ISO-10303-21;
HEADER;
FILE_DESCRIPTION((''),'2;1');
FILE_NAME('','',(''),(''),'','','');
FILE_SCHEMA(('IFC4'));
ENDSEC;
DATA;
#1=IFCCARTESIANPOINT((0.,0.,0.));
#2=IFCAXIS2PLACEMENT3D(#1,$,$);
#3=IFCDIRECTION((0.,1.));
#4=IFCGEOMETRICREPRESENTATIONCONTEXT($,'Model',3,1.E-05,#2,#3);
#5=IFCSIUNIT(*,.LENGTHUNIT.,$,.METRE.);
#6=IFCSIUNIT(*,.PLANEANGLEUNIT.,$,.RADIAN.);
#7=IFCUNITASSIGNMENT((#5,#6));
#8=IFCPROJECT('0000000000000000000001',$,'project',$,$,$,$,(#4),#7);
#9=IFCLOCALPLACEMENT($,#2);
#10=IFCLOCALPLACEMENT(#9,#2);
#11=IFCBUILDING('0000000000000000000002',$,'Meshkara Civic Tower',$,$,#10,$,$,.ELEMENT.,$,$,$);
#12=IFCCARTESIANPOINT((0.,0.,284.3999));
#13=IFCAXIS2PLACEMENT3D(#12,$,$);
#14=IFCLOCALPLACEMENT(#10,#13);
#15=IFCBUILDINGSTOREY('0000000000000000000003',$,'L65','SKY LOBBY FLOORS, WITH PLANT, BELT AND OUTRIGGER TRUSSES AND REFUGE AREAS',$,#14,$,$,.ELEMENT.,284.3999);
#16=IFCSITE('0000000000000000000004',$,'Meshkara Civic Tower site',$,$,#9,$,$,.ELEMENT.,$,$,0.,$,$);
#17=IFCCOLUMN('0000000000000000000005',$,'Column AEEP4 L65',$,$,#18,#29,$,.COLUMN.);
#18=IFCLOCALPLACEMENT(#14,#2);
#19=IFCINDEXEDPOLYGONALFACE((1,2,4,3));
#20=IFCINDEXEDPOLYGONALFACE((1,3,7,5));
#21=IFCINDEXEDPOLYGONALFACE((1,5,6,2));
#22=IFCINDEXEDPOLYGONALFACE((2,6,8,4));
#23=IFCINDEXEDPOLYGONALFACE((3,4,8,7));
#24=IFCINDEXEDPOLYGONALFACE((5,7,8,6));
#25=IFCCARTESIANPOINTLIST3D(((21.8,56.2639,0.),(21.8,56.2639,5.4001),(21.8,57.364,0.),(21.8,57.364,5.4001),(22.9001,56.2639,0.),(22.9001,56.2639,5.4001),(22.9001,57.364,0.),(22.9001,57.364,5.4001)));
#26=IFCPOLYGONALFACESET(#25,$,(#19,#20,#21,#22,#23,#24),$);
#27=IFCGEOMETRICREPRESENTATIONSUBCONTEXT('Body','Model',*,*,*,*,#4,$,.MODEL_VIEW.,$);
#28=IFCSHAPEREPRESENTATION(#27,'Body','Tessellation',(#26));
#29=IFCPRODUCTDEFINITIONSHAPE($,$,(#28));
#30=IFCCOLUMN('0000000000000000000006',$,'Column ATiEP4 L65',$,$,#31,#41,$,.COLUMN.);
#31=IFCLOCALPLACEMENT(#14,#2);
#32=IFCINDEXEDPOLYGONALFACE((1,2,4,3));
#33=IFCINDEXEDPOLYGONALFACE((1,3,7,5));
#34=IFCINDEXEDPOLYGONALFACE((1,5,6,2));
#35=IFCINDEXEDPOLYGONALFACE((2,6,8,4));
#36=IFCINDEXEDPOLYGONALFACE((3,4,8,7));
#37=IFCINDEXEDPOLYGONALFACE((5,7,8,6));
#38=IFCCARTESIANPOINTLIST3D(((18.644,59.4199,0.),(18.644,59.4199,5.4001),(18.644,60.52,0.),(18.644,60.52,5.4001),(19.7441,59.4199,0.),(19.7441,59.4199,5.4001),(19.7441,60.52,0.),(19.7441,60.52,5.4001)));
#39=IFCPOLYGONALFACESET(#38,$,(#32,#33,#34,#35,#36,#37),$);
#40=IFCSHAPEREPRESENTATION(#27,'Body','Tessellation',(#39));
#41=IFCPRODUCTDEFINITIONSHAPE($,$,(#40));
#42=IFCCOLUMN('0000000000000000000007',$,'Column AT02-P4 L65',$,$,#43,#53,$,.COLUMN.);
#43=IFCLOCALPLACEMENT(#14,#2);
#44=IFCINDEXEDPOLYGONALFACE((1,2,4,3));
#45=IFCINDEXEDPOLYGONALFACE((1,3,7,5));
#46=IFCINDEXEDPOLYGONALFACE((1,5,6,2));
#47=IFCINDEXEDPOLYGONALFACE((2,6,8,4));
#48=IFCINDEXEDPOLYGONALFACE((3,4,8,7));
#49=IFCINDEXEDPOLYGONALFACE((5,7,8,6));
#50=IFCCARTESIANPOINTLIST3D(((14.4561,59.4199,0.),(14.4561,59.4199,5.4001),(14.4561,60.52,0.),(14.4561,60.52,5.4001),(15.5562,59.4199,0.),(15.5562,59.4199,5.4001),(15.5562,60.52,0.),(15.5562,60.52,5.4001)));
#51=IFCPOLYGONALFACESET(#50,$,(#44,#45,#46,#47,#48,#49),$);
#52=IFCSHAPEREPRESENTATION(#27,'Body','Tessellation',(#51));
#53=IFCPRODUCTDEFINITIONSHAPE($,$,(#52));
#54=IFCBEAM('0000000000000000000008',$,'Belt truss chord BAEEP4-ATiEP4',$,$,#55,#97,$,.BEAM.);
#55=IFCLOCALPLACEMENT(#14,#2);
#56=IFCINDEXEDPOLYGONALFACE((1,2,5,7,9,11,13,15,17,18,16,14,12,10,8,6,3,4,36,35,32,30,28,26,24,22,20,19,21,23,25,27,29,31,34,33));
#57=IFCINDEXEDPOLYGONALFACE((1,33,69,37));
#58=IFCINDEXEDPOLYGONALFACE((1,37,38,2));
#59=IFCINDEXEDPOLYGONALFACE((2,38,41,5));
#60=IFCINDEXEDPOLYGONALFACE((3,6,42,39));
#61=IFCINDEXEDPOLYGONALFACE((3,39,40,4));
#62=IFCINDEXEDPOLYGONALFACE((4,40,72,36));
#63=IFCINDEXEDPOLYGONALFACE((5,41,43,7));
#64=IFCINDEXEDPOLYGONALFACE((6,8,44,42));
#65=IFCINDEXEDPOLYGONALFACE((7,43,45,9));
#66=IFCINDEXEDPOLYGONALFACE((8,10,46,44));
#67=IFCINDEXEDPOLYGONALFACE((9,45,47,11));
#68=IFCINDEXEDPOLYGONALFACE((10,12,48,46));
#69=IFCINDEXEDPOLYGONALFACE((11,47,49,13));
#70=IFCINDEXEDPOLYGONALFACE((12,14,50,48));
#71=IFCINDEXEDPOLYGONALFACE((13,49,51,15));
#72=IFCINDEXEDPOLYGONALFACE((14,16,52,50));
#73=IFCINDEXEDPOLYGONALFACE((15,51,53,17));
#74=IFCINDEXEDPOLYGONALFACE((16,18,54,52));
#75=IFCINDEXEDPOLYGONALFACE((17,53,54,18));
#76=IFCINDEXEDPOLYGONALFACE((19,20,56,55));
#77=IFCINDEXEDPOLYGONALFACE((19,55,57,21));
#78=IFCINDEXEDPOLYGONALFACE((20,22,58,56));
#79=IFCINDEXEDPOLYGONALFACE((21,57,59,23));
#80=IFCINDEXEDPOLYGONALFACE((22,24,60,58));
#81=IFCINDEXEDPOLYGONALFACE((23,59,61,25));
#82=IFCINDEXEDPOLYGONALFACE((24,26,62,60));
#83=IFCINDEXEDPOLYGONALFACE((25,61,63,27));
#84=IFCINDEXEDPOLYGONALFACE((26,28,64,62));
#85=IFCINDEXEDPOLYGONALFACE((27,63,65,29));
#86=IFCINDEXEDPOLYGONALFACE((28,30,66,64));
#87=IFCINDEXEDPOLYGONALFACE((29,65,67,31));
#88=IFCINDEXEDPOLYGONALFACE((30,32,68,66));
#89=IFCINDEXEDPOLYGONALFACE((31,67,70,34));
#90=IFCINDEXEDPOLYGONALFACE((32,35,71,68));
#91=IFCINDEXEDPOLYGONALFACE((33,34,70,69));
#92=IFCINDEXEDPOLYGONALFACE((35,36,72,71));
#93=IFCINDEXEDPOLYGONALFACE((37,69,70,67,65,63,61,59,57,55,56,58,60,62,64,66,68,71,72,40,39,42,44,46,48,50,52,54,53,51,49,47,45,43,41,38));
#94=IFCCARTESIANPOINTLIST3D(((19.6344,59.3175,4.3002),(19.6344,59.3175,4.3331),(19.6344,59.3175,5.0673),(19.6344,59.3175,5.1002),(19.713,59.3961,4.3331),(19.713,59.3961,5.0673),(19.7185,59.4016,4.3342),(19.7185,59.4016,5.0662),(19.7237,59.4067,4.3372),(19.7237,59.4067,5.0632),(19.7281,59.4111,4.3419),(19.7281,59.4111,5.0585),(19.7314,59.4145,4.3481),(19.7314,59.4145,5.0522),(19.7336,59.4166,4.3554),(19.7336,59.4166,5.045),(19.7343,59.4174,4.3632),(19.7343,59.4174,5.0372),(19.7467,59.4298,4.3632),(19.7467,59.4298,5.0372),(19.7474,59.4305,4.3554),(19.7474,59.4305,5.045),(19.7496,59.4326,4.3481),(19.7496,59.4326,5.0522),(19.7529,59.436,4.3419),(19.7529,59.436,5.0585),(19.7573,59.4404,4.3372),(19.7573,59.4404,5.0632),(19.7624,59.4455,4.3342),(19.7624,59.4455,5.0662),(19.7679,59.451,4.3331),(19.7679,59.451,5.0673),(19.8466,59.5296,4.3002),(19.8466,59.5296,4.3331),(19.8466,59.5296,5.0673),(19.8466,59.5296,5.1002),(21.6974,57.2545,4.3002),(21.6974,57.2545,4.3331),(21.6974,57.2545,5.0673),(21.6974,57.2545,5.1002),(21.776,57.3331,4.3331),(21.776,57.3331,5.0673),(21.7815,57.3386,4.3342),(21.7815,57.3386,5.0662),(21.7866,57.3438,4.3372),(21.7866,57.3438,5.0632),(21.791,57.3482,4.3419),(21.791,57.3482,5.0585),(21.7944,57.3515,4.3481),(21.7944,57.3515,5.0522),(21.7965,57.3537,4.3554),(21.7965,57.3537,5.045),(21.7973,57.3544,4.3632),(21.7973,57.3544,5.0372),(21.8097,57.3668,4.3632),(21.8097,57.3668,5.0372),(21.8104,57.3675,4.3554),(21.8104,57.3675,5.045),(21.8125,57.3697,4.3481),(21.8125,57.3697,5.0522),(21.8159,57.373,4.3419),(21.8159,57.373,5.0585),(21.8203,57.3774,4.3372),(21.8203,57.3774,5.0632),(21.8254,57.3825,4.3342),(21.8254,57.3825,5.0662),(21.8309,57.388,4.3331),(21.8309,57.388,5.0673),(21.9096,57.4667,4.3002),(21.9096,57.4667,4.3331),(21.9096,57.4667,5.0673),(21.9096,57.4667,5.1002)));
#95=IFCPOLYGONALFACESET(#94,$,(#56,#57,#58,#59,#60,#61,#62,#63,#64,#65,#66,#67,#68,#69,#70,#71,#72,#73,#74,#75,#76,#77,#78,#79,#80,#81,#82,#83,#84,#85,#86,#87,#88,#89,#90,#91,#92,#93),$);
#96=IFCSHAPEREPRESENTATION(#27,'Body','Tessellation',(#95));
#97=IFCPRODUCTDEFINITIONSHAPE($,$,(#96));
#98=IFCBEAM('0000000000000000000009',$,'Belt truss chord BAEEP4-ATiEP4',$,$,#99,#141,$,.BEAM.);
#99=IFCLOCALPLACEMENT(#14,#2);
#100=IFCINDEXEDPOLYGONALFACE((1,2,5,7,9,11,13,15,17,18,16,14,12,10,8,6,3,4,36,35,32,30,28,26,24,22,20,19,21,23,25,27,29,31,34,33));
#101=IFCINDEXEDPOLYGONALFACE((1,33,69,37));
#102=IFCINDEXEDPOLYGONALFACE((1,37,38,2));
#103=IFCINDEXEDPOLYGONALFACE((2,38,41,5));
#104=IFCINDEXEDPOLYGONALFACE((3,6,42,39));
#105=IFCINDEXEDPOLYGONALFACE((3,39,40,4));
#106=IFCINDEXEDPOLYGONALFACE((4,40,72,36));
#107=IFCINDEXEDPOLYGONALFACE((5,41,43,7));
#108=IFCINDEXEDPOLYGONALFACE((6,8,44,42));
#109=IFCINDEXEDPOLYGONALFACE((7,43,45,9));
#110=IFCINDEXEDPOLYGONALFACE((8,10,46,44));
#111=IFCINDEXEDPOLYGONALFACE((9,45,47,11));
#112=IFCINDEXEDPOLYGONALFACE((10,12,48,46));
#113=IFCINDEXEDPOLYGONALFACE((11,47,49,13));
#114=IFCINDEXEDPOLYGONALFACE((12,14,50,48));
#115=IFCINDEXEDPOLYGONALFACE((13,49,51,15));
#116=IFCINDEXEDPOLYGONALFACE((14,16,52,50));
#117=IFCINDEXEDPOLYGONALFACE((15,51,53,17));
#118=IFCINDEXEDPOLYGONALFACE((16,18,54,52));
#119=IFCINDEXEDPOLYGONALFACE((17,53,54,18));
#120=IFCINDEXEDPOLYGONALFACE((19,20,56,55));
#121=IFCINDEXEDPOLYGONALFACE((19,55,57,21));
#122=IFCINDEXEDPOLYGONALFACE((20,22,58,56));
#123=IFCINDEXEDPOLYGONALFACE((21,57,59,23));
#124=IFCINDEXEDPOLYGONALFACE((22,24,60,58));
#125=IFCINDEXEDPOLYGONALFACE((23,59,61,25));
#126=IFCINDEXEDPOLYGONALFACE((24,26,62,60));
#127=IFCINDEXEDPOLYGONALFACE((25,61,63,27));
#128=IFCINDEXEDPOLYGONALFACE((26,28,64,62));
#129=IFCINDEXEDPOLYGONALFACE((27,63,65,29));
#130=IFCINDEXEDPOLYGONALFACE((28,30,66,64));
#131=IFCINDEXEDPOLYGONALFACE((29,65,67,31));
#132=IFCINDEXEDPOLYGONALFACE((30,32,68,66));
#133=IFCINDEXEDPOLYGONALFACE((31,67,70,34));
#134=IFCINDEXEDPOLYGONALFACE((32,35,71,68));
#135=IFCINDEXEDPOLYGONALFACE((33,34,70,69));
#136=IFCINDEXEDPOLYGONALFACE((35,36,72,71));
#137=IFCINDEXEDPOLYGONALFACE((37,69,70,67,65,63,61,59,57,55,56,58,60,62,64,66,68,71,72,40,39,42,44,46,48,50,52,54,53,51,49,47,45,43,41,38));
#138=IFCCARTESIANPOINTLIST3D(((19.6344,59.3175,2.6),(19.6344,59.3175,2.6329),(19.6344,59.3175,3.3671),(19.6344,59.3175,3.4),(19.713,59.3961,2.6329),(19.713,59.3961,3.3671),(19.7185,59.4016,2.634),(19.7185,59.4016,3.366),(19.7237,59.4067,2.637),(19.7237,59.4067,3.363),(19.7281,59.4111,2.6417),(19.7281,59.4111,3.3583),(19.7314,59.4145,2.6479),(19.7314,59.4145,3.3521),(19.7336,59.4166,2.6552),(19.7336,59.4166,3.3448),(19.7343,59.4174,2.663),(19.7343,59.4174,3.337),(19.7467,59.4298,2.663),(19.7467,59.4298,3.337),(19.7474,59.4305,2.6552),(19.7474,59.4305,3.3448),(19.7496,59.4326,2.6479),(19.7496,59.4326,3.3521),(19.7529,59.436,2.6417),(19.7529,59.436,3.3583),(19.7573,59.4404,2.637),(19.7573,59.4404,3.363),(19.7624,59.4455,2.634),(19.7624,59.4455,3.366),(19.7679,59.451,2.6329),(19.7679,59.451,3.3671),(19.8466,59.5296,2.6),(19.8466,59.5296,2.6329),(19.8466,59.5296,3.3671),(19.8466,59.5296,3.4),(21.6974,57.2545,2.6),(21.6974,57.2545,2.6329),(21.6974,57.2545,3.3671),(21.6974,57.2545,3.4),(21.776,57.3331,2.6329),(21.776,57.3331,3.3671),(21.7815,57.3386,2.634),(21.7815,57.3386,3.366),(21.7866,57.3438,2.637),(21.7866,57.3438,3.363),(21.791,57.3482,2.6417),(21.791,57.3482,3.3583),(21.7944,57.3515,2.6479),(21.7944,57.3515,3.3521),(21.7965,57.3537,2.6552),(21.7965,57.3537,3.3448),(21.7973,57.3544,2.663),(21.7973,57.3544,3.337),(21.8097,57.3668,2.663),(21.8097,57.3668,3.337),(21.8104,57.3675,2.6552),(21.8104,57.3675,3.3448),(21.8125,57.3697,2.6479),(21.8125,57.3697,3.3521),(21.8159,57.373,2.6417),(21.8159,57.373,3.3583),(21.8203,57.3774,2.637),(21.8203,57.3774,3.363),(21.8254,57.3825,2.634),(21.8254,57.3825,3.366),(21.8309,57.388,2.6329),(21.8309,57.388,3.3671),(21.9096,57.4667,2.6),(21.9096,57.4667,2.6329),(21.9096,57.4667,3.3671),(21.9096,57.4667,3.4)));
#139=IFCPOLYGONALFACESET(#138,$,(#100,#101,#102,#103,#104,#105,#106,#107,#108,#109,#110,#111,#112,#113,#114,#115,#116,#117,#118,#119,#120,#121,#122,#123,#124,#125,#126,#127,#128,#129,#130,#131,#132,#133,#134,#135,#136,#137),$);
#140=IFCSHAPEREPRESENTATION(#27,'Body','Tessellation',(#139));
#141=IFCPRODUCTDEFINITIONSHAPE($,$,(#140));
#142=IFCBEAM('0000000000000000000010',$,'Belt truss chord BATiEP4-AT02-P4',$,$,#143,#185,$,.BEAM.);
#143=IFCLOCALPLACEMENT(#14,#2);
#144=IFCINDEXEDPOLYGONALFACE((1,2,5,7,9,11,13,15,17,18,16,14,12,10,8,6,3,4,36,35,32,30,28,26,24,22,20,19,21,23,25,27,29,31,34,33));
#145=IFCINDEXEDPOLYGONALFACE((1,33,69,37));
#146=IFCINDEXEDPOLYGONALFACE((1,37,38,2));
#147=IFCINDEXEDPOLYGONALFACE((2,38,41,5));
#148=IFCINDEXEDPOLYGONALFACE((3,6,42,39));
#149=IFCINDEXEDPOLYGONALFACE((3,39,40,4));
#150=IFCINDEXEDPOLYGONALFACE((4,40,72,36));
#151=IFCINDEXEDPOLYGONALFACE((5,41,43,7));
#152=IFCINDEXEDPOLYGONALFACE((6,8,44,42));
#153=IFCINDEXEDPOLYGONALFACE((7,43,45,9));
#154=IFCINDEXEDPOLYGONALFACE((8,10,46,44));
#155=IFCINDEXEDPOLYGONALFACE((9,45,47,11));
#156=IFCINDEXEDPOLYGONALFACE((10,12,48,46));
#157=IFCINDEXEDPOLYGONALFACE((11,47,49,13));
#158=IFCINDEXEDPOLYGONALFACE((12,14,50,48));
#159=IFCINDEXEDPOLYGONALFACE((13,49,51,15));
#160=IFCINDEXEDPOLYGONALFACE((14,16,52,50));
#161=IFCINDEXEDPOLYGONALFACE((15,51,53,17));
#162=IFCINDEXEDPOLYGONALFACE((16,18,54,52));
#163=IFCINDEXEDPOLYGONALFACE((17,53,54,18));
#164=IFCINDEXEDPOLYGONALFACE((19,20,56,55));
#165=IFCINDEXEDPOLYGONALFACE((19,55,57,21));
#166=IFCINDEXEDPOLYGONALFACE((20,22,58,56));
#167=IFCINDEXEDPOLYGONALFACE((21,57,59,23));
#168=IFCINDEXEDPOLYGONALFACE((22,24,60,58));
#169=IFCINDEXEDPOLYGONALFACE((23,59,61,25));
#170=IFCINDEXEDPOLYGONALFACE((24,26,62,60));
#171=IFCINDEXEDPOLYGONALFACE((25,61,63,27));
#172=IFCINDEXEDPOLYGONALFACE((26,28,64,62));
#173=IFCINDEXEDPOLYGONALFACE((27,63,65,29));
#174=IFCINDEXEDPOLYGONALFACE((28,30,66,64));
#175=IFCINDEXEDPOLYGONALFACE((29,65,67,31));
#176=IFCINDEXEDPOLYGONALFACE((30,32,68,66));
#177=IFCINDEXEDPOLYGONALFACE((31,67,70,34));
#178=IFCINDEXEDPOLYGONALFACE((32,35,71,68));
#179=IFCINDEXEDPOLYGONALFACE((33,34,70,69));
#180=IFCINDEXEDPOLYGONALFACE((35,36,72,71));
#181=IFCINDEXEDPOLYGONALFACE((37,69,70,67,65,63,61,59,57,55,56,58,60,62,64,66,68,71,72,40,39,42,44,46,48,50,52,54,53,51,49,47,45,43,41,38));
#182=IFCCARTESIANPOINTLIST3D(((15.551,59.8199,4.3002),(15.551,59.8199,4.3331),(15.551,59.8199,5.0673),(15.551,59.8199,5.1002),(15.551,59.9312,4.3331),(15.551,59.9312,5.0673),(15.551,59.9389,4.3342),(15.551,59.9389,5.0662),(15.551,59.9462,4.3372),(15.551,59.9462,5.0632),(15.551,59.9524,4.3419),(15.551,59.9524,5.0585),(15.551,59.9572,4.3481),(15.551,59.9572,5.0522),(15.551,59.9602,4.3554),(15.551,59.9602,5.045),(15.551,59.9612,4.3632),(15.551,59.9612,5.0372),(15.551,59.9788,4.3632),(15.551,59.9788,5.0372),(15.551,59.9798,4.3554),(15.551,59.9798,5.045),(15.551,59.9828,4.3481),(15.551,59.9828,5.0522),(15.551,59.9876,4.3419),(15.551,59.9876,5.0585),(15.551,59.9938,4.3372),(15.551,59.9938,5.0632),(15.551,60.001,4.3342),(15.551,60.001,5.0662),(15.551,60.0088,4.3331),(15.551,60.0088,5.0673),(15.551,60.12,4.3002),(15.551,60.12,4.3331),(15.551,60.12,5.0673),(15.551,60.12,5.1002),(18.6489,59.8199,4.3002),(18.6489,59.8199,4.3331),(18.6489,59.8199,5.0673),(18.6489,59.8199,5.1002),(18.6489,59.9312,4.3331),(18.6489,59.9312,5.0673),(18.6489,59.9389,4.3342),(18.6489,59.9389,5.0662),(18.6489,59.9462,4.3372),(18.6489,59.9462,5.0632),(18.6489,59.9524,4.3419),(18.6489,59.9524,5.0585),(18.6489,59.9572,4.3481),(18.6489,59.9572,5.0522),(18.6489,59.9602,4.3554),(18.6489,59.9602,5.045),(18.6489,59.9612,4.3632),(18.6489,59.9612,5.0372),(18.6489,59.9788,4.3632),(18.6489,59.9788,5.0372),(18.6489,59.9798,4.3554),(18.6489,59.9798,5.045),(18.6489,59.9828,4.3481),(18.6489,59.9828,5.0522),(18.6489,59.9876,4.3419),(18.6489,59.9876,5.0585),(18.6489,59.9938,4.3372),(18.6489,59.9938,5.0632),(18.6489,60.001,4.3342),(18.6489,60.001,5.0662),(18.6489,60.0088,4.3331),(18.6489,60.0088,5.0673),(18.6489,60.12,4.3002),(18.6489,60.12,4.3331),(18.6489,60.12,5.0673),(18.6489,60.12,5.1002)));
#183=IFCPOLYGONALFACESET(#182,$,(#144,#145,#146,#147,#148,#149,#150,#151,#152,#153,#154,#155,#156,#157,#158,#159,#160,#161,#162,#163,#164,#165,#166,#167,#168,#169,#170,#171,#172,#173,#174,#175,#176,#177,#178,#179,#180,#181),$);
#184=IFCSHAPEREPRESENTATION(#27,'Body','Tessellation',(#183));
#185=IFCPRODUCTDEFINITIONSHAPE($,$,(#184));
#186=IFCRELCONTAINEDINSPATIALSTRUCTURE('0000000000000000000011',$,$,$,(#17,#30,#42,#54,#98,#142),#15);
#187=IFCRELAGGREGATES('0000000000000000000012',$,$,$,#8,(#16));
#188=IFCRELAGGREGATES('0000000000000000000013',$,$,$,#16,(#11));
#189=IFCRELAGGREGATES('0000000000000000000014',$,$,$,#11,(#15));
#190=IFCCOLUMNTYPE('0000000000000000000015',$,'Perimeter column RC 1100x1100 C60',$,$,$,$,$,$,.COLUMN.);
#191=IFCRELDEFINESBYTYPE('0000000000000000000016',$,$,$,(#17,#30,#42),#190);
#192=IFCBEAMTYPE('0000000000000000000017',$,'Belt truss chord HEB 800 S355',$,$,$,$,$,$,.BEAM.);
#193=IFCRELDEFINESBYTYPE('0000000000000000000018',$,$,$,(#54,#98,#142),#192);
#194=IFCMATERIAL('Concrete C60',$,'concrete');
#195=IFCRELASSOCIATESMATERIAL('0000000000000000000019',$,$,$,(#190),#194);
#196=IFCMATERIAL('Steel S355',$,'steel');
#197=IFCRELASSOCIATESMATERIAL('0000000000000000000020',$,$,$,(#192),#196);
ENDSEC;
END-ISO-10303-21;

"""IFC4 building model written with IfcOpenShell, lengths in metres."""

from ifc_helpers import new_model, si_unit, direction, frame, origin, origin_2d, place, context, subcontext, project, spatial, rectangle, i_section, extrude, material, material_profile, profile_set, type_object, element, save


model = new_model("IFC4")

# Units and contexts
model_context = context("Model", 3, precision=1e-05, world=origin(), true_north=direction((0.0, 1.0)))
body_context = subcontext(model_context, "Body", "Model", "MODEL_VIEW")
ifc_project = project(units=[si_unit("LENGTHUNIT", "METRE"), si_unit("PLANEANGLEUNIT", "RADIAN")], contexts=[model_context])

# Site, building, storey
site_placement = place(None, origin())
site = spatial("IfcSite", under=ifc_project, at=site_placement, Name="Meshkara Civic Tower site", CompositionType="ELEMENT", RefElevation=0.0)
building_placement = place(site_placement, origin())
building = spatial("IfcBuilding", under=site, at=building_placement, Name="Meshkara Civic Tower", CompositionType="ELEMENT")
storey_placement = place(building_placement, frame((0.0, 0.0, 284.3999)))
storey = spatial("IfcBuildingStorey", under=building, at=storey_placement, Name="L65", Description="SKY LOBBY FLOORS, WITH PLANT, BELT AND OUTRIGGER TRUSSES AND REFUGE AREAS", CompositionType="ELEMENT", Elevation=284.3999)

# Columns
ifc_material_1 = material(Name="Concrete C60", Category="concrete")
ifc_material_profile_1 = material_profile(ifc_material_1, rectangle(XDim=1.1001, YDim=1.1001, at=origin_2d()))
ifc_profile_set_1 = profile_set([ifc_material_profile_1], Name="Concrete C60")
column_type = type_object("IfcColumnType", Name="Perimeter column RC 1100x1100 C60", PredefinedType="COLUMN", material=ifc_profile_set_1)
for number, where, z_axis, x_axis, name in (
    (1, (22.3501, 56.814, 0.0), (0.0, 0.0, 1.0), (1.0, 0.0, 0.0), "Column AEEP4 L65"),
    (2, (19.1941, 59.97, 0.0), (0.0, 0.0, 1.0), (1.0, 0.0, 0.0), "Column ATiEP4 L65"),
    (3, (15.0061, 59.97, 0.0), (0.0, 0.0, 1.0), (1.0, 0.0, 0.0), "Column AT02-P4 L65"),
):
    element("IfcColumn", number, at=place(storey_placement, frame(where, z_axis=z_axis, x_axis=x_axis)), inside=storey, type_object=column_type, Name=name, PredefinedType="COLUMN", context=body_context, shape_type="SweptSolid", body=[
        extrude(rectangle(XDim=1.1001, YDim=1.1001, at=origin_2d()), origin(), (0.0, 0.0, 1.0), 5.4001),
    ])

# Beams
ifc_material_2 = material(Name="Steel S355", Category="steel")
ifc_material_profile_2 = material_profile(ifc_material_2, i_section(OverallWidth=0.3, OverallDepth=0.8, WebThickness=0.0176, FlangeThickness=0.033, FilletRadius=0.03, at=origin_2d()))
ifc_profile_set_2 = profile_set([ifc_material_profile_2], Name="Steel S355")
beam_type = type_object("IfcBeamType", Name="Belt truss chord HEB 800 S355", PredefinedType="BEAM", material=ifc_profile_set_2)
for number, where, z_axis, x_axis, name in (
    (4, (21.8035, 57.3606, 4.7002), (-0.707107, 0.707107, 0.0), (-0.707107, -0.707107, 0.0), "Belt truss chord BAEEP4-ATiEP4"),
    (5, (21.8035, 57.3606, 3.0), (-0.707107, 0.707107, 0.0), (-0.707107, -0.707107, 0.0), "Belt truss chord BAEEP4-ATiEP4"),
):
    element("IfcBeam", number, at=place(storey_placement, frame(where, z_axis=z_axis, x_axis=x_axis)), inside=storey, type_object=beam_type, Name=name, PredefinedType="BEAM", context=body_context, shape_type="SweptSolid", body=[
        extrude(i_section(OverallWidth=0.3, OverallDepth=0.8, WebThickness=0.0176, FlangeThickness=0.033, FilletRadius=0.03, at=origin_2d()), origin(), (0.0, 0.0, 1.0), 2.9175),
    ])
for number, where, z_axis, x_axis, name in (
    (6, (18.6489, 59.97, 4.7002), (-1.0, 0.0, 0.0), (0.0, -1.0, 0.0), "Belt truss chord BATiEP4-AT02-P4"),
):
    element("IfcBeam", number, at=place(storey_placement, frame(where, z_axis=z_axis, x_axis=x_axis)), inside=storey, type_object=beam_type, Name=name, PredefinedType="BEAM", context=body_context, shape_type="SweptSolid", body=[
        extrude(i_section(OverallWidth=0.3, OverallDepth=0.8, WebThickness=0.0176, FlangeThickness=0.033, FilletRadius=0.03, at=origin_2d()), origin(), (0.0, 0.0, 1.0), 3.0979),
    ])

save(model, "model.ifc")
